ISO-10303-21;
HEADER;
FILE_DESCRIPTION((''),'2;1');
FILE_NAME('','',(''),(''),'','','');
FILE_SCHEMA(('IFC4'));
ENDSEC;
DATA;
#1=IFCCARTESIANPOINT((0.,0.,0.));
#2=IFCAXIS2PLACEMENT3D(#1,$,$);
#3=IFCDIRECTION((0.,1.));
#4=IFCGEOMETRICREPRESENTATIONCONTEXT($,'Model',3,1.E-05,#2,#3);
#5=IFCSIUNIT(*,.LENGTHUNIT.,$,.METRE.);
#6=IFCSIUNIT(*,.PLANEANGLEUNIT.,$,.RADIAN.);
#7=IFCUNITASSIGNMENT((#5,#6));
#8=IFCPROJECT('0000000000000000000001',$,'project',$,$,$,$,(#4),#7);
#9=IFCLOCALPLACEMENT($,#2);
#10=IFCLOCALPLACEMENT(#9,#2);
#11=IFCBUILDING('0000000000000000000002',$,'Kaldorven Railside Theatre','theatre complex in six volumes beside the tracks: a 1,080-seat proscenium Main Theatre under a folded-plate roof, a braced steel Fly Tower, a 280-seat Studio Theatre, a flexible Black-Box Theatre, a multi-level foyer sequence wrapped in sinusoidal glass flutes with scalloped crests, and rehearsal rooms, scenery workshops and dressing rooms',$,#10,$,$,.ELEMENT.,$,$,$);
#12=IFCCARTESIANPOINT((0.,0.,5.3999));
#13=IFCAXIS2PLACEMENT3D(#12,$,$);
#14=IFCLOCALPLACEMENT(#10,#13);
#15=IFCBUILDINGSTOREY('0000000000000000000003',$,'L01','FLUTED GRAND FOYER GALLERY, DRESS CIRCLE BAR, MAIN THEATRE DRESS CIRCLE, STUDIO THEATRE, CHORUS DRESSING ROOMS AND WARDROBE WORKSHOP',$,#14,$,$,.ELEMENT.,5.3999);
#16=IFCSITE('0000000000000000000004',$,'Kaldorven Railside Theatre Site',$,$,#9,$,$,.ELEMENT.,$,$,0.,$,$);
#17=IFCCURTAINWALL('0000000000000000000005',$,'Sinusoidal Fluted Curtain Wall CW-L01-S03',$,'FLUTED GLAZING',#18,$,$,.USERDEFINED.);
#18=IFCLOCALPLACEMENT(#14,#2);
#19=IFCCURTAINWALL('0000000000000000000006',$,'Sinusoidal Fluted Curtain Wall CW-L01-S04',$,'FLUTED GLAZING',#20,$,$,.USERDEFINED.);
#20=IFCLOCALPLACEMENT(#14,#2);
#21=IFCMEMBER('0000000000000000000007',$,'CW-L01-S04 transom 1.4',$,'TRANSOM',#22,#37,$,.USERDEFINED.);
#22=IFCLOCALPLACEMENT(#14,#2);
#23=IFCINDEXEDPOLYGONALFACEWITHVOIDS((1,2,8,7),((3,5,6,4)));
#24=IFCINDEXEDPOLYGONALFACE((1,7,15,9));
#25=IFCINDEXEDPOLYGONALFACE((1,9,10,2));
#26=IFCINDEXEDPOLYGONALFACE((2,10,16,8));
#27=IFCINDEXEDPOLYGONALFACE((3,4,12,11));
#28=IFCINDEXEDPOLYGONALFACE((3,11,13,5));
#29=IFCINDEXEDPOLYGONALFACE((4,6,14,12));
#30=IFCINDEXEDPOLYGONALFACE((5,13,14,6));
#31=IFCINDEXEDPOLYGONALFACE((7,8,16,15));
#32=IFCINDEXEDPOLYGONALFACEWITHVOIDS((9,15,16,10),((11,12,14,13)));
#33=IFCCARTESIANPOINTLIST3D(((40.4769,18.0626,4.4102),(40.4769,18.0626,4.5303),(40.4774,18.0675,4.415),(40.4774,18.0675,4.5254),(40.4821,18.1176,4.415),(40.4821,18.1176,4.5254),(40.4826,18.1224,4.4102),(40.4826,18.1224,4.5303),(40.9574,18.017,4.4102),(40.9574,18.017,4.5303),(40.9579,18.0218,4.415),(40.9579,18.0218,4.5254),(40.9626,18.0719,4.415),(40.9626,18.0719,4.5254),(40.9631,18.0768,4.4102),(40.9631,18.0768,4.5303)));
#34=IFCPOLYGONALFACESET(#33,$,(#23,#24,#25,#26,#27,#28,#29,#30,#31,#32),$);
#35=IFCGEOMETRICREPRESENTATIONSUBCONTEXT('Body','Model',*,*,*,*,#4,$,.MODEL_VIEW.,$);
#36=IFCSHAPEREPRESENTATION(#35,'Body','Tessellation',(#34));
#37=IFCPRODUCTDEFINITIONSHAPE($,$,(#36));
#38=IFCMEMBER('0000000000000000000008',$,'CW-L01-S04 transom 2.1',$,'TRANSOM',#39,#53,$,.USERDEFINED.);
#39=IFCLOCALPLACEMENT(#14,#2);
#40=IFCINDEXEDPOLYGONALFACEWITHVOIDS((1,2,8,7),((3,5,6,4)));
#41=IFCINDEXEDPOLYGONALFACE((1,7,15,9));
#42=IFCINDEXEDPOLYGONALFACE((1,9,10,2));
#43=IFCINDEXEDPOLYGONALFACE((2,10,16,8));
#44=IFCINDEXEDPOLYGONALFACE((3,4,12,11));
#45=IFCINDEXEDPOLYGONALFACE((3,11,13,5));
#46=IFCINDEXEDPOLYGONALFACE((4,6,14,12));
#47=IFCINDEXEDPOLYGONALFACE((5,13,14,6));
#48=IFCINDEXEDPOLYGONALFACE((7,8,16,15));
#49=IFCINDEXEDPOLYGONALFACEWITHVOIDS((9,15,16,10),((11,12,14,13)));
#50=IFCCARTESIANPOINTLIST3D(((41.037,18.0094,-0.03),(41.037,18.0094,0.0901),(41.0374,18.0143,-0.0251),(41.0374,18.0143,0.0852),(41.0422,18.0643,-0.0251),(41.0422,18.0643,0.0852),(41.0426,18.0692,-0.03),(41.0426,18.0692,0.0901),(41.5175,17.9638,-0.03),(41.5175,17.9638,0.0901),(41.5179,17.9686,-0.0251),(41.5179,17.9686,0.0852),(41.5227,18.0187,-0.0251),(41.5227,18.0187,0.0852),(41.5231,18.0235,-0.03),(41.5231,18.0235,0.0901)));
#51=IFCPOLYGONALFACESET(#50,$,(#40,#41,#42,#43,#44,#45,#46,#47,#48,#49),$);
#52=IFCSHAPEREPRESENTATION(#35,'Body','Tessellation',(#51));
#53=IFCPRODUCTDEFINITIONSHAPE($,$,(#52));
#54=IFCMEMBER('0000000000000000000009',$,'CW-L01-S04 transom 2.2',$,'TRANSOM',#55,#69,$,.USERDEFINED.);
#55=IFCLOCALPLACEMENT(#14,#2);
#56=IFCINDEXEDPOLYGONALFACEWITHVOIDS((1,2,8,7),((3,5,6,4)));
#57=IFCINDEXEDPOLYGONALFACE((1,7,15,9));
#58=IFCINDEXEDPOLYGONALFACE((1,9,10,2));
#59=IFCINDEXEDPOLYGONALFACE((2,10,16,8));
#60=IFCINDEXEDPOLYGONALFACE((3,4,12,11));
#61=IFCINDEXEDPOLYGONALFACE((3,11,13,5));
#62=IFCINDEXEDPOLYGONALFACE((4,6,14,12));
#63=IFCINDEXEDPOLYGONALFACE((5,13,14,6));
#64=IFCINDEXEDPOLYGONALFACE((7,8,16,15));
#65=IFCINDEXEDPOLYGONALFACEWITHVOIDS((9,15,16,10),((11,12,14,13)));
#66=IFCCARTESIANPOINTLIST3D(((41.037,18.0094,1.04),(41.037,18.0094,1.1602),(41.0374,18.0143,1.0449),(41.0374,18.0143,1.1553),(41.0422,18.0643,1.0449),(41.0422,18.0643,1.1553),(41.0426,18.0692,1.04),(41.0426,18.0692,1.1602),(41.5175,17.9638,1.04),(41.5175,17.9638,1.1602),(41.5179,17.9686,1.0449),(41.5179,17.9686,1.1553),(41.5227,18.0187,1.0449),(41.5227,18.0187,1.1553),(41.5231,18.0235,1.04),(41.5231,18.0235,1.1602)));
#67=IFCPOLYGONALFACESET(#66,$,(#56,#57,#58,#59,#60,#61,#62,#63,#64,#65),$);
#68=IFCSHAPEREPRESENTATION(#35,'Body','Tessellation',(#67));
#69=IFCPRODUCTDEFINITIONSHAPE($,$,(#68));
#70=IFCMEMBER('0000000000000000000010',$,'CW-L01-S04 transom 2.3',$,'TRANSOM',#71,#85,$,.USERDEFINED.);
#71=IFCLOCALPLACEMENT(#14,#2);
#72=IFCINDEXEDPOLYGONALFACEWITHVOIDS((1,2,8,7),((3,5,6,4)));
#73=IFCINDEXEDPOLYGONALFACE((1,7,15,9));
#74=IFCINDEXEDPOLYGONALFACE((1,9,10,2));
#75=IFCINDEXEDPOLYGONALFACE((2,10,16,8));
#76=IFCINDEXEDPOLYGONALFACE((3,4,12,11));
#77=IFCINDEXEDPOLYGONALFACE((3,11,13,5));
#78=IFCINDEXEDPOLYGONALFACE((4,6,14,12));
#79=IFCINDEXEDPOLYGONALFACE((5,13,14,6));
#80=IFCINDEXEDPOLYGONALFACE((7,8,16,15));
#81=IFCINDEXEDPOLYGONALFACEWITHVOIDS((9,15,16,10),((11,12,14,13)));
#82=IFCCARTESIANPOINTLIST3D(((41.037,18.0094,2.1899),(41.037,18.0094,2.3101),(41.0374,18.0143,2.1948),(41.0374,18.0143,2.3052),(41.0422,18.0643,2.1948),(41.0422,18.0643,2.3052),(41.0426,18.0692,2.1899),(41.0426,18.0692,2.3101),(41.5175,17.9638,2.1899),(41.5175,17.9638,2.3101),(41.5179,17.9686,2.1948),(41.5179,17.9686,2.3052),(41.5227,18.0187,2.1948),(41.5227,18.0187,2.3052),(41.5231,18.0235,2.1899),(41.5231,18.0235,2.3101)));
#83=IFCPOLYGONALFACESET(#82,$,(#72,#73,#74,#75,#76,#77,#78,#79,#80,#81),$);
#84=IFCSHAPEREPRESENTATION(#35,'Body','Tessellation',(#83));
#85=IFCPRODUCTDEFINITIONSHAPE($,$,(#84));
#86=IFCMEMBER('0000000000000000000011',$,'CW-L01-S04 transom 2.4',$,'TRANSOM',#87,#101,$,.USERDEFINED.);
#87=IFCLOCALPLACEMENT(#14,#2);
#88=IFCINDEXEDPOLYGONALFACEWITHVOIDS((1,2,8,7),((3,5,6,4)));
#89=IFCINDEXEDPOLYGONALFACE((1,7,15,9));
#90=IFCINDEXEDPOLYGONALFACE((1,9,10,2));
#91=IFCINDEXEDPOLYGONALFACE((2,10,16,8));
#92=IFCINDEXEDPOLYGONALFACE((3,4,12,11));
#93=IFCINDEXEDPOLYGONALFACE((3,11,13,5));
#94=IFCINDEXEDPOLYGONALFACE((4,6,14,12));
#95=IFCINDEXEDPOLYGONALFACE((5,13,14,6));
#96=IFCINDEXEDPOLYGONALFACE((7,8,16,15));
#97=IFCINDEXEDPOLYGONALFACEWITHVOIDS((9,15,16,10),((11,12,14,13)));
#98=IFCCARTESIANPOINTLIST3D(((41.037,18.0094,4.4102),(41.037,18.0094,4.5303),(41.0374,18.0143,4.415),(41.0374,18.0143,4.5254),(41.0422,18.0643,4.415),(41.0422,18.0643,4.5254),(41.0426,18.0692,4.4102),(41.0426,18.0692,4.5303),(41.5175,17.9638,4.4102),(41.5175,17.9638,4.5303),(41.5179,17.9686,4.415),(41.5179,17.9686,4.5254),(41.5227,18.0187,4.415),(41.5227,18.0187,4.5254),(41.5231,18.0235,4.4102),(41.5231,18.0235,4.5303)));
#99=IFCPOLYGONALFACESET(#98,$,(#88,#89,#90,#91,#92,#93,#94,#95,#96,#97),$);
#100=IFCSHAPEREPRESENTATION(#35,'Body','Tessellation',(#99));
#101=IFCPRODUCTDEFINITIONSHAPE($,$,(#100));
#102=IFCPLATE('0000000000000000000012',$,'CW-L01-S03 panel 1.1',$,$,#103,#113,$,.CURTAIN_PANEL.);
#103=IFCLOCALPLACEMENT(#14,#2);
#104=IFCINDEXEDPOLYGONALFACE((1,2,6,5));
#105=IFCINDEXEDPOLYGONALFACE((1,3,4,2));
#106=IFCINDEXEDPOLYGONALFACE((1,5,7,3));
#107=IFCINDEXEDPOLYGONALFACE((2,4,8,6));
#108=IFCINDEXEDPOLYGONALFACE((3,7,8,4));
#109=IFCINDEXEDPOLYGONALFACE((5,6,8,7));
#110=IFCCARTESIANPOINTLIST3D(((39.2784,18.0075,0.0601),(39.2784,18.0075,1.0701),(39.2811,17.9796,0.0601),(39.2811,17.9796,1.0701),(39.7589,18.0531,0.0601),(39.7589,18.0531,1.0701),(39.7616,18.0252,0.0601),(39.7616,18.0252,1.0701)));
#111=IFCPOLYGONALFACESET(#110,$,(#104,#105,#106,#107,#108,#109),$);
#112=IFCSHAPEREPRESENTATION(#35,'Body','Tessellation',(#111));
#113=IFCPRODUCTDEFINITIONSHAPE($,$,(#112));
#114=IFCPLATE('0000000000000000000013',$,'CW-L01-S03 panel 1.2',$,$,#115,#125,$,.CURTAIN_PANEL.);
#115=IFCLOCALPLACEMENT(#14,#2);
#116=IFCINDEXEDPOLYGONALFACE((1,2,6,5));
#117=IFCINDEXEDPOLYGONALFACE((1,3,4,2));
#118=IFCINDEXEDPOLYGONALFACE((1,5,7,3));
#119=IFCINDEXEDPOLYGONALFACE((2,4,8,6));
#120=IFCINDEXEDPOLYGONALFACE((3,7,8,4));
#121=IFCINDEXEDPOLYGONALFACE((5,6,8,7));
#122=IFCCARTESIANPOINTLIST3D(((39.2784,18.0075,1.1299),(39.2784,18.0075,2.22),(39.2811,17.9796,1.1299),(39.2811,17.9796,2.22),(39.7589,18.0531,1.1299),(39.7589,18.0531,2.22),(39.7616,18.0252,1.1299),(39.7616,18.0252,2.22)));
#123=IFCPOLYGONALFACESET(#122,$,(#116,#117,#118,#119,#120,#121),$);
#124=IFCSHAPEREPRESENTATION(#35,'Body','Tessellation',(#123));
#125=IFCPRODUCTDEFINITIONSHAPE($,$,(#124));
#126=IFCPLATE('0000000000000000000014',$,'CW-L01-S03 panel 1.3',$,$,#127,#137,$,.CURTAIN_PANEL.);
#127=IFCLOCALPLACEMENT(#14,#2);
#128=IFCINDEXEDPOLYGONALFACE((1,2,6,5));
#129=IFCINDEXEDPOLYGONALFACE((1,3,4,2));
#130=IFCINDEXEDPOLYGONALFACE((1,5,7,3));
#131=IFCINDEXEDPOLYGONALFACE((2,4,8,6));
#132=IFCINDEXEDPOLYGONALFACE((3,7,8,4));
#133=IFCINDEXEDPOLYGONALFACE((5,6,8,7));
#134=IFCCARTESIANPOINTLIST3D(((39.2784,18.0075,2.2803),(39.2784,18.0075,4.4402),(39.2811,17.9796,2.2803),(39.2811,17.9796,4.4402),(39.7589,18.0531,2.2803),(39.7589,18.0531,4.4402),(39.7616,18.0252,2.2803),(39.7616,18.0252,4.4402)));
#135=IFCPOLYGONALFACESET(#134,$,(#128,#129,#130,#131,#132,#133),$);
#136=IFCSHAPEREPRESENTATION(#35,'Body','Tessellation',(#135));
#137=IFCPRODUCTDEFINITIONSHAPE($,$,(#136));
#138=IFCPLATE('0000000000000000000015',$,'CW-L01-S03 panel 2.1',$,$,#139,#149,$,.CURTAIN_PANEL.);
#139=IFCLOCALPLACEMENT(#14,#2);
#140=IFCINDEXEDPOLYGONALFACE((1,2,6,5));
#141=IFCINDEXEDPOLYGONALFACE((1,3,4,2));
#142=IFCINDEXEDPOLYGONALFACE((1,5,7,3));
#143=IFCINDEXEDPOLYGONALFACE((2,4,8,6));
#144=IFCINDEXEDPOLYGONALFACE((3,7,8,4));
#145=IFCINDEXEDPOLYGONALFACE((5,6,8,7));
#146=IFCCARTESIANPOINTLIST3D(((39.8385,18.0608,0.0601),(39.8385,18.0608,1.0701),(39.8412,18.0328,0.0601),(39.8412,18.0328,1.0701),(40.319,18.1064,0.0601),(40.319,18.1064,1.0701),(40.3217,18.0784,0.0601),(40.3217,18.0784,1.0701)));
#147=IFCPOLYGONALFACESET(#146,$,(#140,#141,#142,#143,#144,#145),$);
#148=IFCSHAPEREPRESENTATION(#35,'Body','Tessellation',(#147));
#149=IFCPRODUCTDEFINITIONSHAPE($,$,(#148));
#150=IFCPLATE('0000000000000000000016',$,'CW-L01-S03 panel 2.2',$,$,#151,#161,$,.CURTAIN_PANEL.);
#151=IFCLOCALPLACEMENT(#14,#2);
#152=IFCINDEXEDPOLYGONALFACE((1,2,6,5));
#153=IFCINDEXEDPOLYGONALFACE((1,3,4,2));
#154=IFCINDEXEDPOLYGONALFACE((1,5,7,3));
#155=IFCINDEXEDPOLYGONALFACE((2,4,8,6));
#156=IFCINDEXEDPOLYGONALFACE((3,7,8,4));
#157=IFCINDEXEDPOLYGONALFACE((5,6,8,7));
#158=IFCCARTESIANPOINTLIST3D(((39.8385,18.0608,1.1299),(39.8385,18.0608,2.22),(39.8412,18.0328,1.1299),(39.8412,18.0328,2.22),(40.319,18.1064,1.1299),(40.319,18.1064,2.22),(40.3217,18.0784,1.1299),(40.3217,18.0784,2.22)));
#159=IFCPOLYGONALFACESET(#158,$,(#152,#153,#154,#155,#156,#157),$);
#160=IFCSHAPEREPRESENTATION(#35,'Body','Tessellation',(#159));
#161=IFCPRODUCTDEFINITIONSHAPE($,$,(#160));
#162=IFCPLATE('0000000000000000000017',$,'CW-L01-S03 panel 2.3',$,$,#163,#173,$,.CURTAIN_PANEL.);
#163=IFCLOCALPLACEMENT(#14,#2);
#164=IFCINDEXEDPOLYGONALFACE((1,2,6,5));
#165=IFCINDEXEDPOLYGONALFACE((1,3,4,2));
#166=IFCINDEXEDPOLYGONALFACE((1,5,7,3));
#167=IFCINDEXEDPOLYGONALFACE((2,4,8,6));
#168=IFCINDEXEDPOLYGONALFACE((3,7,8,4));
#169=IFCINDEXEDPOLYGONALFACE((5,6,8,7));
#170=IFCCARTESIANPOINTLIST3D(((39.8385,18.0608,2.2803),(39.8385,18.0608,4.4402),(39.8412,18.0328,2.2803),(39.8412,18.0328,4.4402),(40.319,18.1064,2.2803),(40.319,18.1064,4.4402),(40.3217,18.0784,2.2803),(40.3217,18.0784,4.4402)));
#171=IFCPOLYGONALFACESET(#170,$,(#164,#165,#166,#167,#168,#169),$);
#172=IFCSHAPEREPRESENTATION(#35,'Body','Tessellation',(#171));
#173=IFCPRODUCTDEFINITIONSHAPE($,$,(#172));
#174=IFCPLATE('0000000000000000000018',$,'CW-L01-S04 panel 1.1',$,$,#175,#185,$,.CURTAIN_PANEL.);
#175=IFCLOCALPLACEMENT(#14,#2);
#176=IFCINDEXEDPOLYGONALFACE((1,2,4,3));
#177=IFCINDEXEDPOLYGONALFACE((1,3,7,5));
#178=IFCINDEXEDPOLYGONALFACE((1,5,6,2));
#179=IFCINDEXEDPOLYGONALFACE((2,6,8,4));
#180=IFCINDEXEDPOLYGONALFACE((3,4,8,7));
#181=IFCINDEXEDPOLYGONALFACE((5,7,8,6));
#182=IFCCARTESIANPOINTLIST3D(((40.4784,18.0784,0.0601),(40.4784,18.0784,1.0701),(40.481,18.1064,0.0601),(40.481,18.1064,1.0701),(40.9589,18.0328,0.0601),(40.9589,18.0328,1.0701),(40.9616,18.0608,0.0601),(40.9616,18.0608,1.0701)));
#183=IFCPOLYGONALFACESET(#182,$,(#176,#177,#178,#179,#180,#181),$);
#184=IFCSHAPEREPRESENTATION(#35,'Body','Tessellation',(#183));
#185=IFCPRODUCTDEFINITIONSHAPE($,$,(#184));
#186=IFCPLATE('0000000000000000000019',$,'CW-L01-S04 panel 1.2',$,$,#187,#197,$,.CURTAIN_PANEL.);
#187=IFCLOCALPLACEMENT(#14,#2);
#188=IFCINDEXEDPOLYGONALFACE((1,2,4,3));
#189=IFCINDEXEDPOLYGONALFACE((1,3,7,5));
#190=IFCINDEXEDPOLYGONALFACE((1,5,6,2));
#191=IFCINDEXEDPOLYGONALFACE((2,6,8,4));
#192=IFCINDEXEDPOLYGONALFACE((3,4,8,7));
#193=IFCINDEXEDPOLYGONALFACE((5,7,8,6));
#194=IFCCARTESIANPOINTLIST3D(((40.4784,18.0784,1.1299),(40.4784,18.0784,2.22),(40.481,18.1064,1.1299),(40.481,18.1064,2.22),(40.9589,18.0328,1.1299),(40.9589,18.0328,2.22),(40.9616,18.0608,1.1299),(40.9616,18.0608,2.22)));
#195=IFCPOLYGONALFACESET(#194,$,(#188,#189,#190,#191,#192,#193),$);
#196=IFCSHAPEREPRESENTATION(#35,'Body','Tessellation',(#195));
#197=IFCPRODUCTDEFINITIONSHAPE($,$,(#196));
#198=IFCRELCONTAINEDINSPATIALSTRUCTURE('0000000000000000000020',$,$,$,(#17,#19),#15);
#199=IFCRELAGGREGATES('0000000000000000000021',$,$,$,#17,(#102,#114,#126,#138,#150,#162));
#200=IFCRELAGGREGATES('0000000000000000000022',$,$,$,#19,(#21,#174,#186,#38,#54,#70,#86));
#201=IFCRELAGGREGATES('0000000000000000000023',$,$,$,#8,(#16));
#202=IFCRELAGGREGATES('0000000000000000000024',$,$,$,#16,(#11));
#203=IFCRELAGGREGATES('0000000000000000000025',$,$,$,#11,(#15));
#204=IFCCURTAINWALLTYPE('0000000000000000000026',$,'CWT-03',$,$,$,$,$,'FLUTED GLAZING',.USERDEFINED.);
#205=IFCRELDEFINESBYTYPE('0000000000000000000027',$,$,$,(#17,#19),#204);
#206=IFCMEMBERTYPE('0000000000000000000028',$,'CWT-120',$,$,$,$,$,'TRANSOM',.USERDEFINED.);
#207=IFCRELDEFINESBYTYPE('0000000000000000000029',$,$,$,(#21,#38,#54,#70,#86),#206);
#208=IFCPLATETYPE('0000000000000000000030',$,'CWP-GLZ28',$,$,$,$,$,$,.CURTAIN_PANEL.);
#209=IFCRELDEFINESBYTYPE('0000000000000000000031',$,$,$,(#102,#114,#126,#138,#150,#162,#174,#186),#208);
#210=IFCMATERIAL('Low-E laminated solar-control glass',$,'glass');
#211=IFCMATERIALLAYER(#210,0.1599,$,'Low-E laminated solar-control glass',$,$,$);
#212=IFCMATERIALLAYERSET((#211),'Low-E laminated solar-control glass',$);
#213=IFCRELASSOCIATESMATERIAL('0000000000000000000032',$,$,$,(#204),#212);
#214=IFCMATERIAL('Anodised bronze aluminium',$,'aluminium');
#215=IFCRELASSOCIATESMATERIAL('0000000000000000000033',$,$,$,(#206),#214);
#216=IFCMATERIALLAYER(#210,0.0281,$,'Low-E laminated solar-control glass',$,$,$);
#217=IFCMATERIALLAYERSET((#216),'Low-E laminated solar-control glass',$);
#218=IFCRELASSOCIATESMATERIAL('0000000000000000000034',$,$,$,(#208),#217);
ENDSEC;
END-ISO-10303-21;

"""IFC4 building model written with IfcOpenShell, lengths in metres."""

from ifc_helpers import new_model, si_unit, direction, frame, origin, origin_2d, place, context, subcontext, project, spatial, rectangle, hollow_rectangle, extrude, material, layer, layer_set, material_profile, profile_set, type_object, element, aggregate, save


model = new_model("IFC4")

# Units and contexts
model_context = context("Model", 3, precision=1e-05, world=origin(), true_north=direction((0.0, 1.0)))
body_context = subcontext(model_context, "Body", "Model", "MODEL_VIEW")
ifc_project = project(units=[si_unit("LENGTHUNIT", "METRE"), si_unit("PLANEANGLEUNIT", "RADIAN")], contexts=[model_context])

# Site, building, storey
site_placement = place(None, origin())
site = spatial("IfcSite", under=ifc_project, at=site_placement, Name="Kaldorven Railside Theatre Site", CompositionType="ELEMENT", RefElevation=0.0)
building_placement = place(site_placement, origin())
building = spatial("IfcBuilding", under=site, at=building_placement, Name="Kaldorven Railside Theatre", Description="theatre complex in six volumes beside the tracks: a 1,080-seat proscenium Main Theatre under a folded-plate roof, a braced steel Fly Tower, a 280-seat Studio Theatre, a flexible Black-Box Theatre, a multi-level foyer sequence wrapped in sinusoidal glass flutes with scalloped crests, and rehearsal rooms, scenery workshops and dressing rooms", CompositionType="ELEMENT")
storey_placement = place(building_placement, frame((0.0, 0.0, 5.3999)))
storey = spatial("IfcBuildingStorey", under=building, at=storey_placement, Name="L01", Description="FLUTED GRAND FOYER GALLERY, DRESS CIRCLE BAR, MAIN THEATRE DRESS CIRCLE, STUDIO THEATRE, CHORUS DRESSING ROOMS AND WARDROBE WORKSHOP", CompositionType="ELEMENT", Elevation=5.3999)

# Curtain walls
ifc_material_1 = material(Name="Low-E laminated solar-control glass", Category="glass")
ifc_layer_1 = layer(ifc_material_1, 0.1599, Name="Low-E laminated solar-control glass")
ifc_layer_set_1 = layer_set([ifc_layer_1], Name="Low-E laminated solar-control glass")
curtain_wall_type = type_object("IfcCurtainWallType", Name="CWT-03", ElementType="FLUTED GLAZING", PredefinedType="USERDEFINED", material=ifc_layer_set_1)
curtain_wall_1_placement = place(storey_placement, origin())
curtain_wall_1 = element("IfcCurtainWall", 1, at=curtain_wall_1_placement, inside=storey, type_object=curtain_wall_type, Name="Sinusoidal Fluted Curtain Wall CW-L01-S03", ObjectType="FLUTED GLAZING", PredefinedType="USERDEFINED")
ifc_material_2 = material(Name="Anodised bronze aluminium", Category="aluminium")
curtain_wall_2_placement = place(storey_placement, origin())
curtain_wall_2 = element("IfcCurtainWall", 2, at=curtain_wall_2_placement, inside=storey, type_object=curtain_wall_type, Name="Sinusoidal Fluted Curtain Wall CW-L01-S04", ObjectType="FLUTED GLAZING", PredefinedType="USERDEFINED")

# Members
ifc_material_profile_1 = material_profile(ifc_material_2, hollow_rectangle(XDim=0.0601, YDim=0.1201, WallThickness=0.0049, at=origin_2d()), Name="RHS 120x60x5")
ifc_profile_set_1 = profile_set([ifc_material_profile_1], Name="Anodised bronze aluminium")
member_type_1 = type_object("IfcMemberType", Name="CWT-120", ElementType="TRANSOM", PredefinedType="USERDEFINED", material=ifc_profile_set_1)
member_1_placement = place(storey_placement, frame((40.4797, 18.0925, 4.4702), z_axis=(0.995516, -0.094594, 0.0), x_axis=(0.094594, 0.995516, 0.0)))
member_1 = element("IfcMember", 3, at=member_1_placement, type_object=member_type_1, Name="CW-L01-S04 transom 1.4", ObjectType="TRANSOM", PredefinedType="USERDEFINED", context=body_context, shape_type="SweptSolid", body=[
    extrude(hollow_rectangle(XDim=0.0601, YDim=0.1201, WallThickness=0.0049, at=origin_2d()), origin(), (0.0, 0.0, 1.0), 0.4827),
])
member_2_placement = place(storey_placement, frame((41.0398, 18.0393, 0.03), z_axis=(0.995516, -0.094594, 0.0), x_axis=(0.094594, 0.995516, 0.0)))
member_2 = element("IfcMember", 4, at=member_2_placement, type_object=member_type_1, Name="CW-L01-S04 transom 2.1", ObjectType="TRANSOM", PredefinedType="USERDEFINED", context=body_context, shape_type="SweptSolid", body=[
    extrude(hollow_rectangle(XDim=0.0601, YDim=0.1201, WallThickness=0.0049, at=origin_2d()), origin(), (0.0, 0.0, 1.0), 0.4827),
])
member_3_placement = place(storey_placement, frame((41.0398, 18.0393, 1.1001), z_axis=(0.995516, -0.094594, 0.0), x_axis=(0.094594, 0.995516, 0.0)))
member_3 = element("IfcMember", 5, at=member_3_placement, type_object=member_type_1, Name="CW-L01-S04 transom 2.2", ObjectType="TRANSOM", PredefinedType="USERDEFINED", context=body_context, shape_type="SweptSolid", body=[
    extrude(hollow_rectangle(XDim=0.0601, YDim=0.1201, WallThickness=0.0049, at=origin_2d()), origin(), (0.0, 0.0, 1.0), 0.4827),
])
member_4_placement = place(storey_placement, frame((41.0398, 18.0393, 2.25), z_axis=(0.995516, -0.094594, 0.0), x_axis=(0.094594, 0.995516, 0.0)))
member_4 = element("IfcMember", 6, at=member_4_placement, type_object=member_type_1, Name="CW-L01-S04 transom 2.3", ObjectType="TRANSOM", PredefinedType="USERDEFINED", context=body_context, shape_type="SweptSolid", body=[
    extrude(hollow_rectangle(XDim=0.0601, YDim=0.1201, WallThickness=0.0049, at=origin_2d()), origin(), (0.0, 0.0, 1.0), 0.4827),
])
member_5_placement = place(storey_placement, frame((41.0398, 18.0393, 4.4702), z_axis=(0.995516, -0.094594, 0.0), x_axis=(0.094594, 0.995516, 0.0)))
member_5 = element("IfcMember", 7, at=member_5_placement, type_object=member_type_1, Name="CW-L01-S04 transom 2.4", ObjectType="TRANSOM", PredefinedType="USERDEFINED", context=body_context, shape_type="SweptSolid", body=[
    extrude(hollow_rectangle(XDim=0.0601, YDim=0.1201, WallThickness=0.0049, at=origin_2d()), origin(), (0.0, 0.0, 1.0), 0.4827),
])

# Plates
ifc_layer_2 = layer(ifc_material_1, 0.0281, Name="Low-E laminated solar-control glass")
ifc_layer_set_2 = layer_set([ifc_layer_2], Name="Low-E laminated solar-control glass")
plate_type = type_object("IfcPlateType", Name="CWP-GLZ28", PredefinedType="CURTAIN_PANEL", material=ifc_layer_set_2)
plate_1_placement = place(storey_placement, frame((39.52, 18.0164, 0.0601), z_axis=(0.0, 0.0, 1.0), x_axis=(0.995526, 0.094492, 0.0)))
plate_1 = element("IfcPlate", 8, at=plate_1_placement, type_object=plate_type, Name="CW-L01-S03 panel 1.1", PredefinedType="CURTAIN_PANEL", context=body_context, shape_type="SweptSolid", body=[
    extrude(rectangle(XDim=0.4827, YDim=0.0281, at=origin_2d()), origin(), (0.0, 0.0, 1.0), 1.01),
])
plate_2_placement = place(storey_placement, frame((39.52, 18.0164, 1.1299), z_axis=(0.0, 0.0, 1.0), x_axis=(0.995526, 0.094492, 0.0)))
plate_2 = element("IfcPlate", 9, at=plate_2_placement, type_object=plate_type, Name="CW-L01-S03 panel 1.2", PredefinedType="CURTAIN_PANEL", context=body_context, shape_type="SweptSolid", body=[
    extrude(rectangle(XDim=0.4827, YDim=0.0281, at=origin_2d()), origin(), (0.0, 0.0, 1.0), 1.0901),
])
plate_3_placement = place(storey_placement, frame((39.52, 18.0164, 2.2803), z_axis=(0.0, 0.0, 1.0), x_axis=(0.995526, 0.094492, 0.0)))
plate_3 = element("IfcPlate", 10, at=plate_3_placement, type_object=plate_type, Name="CW-L01-S03 panel 1.3", PredefinedType="CURTAIN_PANEL", context=body_context, shape_type="SweptSolid", body=[
    extrude(rectangle(XDim=0.4827, YDim=0.0281, at=origin_2d()), origin(), (0.0, 0.0, 1.0), 2.1599),
])
plate_4_placement = place(storey_placement, frame((40.0801, 18.0696, 0.0601), z_axis=(0.0, 0.0, 1.0), x_axis=(0.995526, 0.094492, 0.0)))
plate_4 = element("IfcPlate", 11, at=plate_4_placement, type_object=plate_type, Name="CW-L01-S03 panel 2.1", PredefinedType="CURTAIN_PANEL", context=body_context, shape_type="SweptSolid", body=[
    extrude(rectangle(XDim=0.4827, YDim=0.0281, at=origin_2d()), origin(), (0.0, 0.0, 1.0), 1.01),
])
plate_5_placement = place(storey_placement, frame((40.0801, 18.0696, 1.1299), z_axis=(0.0, 0.0, 1.0), x_axis=(0.995526, 0.094492, 0.0)))
plate_5 = element("IfcPlate", 12, at=plate_5_placement, type_object=plate_type, Name="CW-L01-S03 panel 2.2", PredefinedType="CURTAIN_PANEL", context=body_context, shape_type="SweptSolid", body=[
    extrude(rectangle(XDim=0.4827, YDim=0.0281, at=origin_2d()), origin(), (0.0, 0.0, 1.0), 1.0901),
])
plate_6_placement = place(storey_placement, frame((40.0801, 18.0696, 2.2803), z_axis=(0.0, 0.0, 1.0), x_axis=(0.995526, 0.094492, 0.0)))
plate_6 = element("IfcPlate", 13, at=plate_6_placement, type_object=plate_type, Name="CW-L01-S03 panel 2.3", PredefinedType="CURTAIN_PANEL", context=body_context, shape_type="SweptSolid", body=[
    extrude(rectangle(XDim=0.4827, YDim=0.0281, at=origin_2d()), origin(), (0.0, 0.0, 1.0), 2.1599),
])
aggregate(curtain_wall_1, [plate_1, plate_2, plate_3, plate_4, plate_5, plate_6])
plate_7_placement = place(storey_placement, frame((40.72, 18.0696, 0.0601), z_axis=(0.0, 0.0, 1.0), x_axis=(0.995526, -0.094492, 0.0)))
plate_7 = element("IfcPlate", 14, at=plate_7_placement, type_object=plate_type, Name="CW-L01-S04 panel 1.1", PredefinedType="CURTAIN_PANEL", context=body_context, shape_type="SweptSolid", body=[
    extrude(rectangle(XDim=0.4827, YDim=0.0281, at=origin_2d()), origin(), (0.0, 0.0, 1.0), 1.01),
])
plate_8_placement = place(storey_placement, frame((40.72, 18.0696, 1.1299), z_axis=(0.0, 0.0, 1.0), x_axis=(0.995526, -0.094492, 0.0)))
plate_8 = element("IfcPlate", 15, at=plate_8_placement, type_object=plate_type, Name="CW-L01-S04 panel 1.2", PredefinedType="CURTAIN_PANEL", context=body_context, shape_type="SweptSolid", body=[
    extrude(rectangle(XDim=0.4827, YDim=0.0281, at=origin_2d()), origin(), (0.0, 0.0, 1.0), 1.0901),
])
aggregate(curtain_wall_2, [member_1, plate_7, plate_8, member_2, member_3, member_4, member_5])

save(model, "model.ifc")
